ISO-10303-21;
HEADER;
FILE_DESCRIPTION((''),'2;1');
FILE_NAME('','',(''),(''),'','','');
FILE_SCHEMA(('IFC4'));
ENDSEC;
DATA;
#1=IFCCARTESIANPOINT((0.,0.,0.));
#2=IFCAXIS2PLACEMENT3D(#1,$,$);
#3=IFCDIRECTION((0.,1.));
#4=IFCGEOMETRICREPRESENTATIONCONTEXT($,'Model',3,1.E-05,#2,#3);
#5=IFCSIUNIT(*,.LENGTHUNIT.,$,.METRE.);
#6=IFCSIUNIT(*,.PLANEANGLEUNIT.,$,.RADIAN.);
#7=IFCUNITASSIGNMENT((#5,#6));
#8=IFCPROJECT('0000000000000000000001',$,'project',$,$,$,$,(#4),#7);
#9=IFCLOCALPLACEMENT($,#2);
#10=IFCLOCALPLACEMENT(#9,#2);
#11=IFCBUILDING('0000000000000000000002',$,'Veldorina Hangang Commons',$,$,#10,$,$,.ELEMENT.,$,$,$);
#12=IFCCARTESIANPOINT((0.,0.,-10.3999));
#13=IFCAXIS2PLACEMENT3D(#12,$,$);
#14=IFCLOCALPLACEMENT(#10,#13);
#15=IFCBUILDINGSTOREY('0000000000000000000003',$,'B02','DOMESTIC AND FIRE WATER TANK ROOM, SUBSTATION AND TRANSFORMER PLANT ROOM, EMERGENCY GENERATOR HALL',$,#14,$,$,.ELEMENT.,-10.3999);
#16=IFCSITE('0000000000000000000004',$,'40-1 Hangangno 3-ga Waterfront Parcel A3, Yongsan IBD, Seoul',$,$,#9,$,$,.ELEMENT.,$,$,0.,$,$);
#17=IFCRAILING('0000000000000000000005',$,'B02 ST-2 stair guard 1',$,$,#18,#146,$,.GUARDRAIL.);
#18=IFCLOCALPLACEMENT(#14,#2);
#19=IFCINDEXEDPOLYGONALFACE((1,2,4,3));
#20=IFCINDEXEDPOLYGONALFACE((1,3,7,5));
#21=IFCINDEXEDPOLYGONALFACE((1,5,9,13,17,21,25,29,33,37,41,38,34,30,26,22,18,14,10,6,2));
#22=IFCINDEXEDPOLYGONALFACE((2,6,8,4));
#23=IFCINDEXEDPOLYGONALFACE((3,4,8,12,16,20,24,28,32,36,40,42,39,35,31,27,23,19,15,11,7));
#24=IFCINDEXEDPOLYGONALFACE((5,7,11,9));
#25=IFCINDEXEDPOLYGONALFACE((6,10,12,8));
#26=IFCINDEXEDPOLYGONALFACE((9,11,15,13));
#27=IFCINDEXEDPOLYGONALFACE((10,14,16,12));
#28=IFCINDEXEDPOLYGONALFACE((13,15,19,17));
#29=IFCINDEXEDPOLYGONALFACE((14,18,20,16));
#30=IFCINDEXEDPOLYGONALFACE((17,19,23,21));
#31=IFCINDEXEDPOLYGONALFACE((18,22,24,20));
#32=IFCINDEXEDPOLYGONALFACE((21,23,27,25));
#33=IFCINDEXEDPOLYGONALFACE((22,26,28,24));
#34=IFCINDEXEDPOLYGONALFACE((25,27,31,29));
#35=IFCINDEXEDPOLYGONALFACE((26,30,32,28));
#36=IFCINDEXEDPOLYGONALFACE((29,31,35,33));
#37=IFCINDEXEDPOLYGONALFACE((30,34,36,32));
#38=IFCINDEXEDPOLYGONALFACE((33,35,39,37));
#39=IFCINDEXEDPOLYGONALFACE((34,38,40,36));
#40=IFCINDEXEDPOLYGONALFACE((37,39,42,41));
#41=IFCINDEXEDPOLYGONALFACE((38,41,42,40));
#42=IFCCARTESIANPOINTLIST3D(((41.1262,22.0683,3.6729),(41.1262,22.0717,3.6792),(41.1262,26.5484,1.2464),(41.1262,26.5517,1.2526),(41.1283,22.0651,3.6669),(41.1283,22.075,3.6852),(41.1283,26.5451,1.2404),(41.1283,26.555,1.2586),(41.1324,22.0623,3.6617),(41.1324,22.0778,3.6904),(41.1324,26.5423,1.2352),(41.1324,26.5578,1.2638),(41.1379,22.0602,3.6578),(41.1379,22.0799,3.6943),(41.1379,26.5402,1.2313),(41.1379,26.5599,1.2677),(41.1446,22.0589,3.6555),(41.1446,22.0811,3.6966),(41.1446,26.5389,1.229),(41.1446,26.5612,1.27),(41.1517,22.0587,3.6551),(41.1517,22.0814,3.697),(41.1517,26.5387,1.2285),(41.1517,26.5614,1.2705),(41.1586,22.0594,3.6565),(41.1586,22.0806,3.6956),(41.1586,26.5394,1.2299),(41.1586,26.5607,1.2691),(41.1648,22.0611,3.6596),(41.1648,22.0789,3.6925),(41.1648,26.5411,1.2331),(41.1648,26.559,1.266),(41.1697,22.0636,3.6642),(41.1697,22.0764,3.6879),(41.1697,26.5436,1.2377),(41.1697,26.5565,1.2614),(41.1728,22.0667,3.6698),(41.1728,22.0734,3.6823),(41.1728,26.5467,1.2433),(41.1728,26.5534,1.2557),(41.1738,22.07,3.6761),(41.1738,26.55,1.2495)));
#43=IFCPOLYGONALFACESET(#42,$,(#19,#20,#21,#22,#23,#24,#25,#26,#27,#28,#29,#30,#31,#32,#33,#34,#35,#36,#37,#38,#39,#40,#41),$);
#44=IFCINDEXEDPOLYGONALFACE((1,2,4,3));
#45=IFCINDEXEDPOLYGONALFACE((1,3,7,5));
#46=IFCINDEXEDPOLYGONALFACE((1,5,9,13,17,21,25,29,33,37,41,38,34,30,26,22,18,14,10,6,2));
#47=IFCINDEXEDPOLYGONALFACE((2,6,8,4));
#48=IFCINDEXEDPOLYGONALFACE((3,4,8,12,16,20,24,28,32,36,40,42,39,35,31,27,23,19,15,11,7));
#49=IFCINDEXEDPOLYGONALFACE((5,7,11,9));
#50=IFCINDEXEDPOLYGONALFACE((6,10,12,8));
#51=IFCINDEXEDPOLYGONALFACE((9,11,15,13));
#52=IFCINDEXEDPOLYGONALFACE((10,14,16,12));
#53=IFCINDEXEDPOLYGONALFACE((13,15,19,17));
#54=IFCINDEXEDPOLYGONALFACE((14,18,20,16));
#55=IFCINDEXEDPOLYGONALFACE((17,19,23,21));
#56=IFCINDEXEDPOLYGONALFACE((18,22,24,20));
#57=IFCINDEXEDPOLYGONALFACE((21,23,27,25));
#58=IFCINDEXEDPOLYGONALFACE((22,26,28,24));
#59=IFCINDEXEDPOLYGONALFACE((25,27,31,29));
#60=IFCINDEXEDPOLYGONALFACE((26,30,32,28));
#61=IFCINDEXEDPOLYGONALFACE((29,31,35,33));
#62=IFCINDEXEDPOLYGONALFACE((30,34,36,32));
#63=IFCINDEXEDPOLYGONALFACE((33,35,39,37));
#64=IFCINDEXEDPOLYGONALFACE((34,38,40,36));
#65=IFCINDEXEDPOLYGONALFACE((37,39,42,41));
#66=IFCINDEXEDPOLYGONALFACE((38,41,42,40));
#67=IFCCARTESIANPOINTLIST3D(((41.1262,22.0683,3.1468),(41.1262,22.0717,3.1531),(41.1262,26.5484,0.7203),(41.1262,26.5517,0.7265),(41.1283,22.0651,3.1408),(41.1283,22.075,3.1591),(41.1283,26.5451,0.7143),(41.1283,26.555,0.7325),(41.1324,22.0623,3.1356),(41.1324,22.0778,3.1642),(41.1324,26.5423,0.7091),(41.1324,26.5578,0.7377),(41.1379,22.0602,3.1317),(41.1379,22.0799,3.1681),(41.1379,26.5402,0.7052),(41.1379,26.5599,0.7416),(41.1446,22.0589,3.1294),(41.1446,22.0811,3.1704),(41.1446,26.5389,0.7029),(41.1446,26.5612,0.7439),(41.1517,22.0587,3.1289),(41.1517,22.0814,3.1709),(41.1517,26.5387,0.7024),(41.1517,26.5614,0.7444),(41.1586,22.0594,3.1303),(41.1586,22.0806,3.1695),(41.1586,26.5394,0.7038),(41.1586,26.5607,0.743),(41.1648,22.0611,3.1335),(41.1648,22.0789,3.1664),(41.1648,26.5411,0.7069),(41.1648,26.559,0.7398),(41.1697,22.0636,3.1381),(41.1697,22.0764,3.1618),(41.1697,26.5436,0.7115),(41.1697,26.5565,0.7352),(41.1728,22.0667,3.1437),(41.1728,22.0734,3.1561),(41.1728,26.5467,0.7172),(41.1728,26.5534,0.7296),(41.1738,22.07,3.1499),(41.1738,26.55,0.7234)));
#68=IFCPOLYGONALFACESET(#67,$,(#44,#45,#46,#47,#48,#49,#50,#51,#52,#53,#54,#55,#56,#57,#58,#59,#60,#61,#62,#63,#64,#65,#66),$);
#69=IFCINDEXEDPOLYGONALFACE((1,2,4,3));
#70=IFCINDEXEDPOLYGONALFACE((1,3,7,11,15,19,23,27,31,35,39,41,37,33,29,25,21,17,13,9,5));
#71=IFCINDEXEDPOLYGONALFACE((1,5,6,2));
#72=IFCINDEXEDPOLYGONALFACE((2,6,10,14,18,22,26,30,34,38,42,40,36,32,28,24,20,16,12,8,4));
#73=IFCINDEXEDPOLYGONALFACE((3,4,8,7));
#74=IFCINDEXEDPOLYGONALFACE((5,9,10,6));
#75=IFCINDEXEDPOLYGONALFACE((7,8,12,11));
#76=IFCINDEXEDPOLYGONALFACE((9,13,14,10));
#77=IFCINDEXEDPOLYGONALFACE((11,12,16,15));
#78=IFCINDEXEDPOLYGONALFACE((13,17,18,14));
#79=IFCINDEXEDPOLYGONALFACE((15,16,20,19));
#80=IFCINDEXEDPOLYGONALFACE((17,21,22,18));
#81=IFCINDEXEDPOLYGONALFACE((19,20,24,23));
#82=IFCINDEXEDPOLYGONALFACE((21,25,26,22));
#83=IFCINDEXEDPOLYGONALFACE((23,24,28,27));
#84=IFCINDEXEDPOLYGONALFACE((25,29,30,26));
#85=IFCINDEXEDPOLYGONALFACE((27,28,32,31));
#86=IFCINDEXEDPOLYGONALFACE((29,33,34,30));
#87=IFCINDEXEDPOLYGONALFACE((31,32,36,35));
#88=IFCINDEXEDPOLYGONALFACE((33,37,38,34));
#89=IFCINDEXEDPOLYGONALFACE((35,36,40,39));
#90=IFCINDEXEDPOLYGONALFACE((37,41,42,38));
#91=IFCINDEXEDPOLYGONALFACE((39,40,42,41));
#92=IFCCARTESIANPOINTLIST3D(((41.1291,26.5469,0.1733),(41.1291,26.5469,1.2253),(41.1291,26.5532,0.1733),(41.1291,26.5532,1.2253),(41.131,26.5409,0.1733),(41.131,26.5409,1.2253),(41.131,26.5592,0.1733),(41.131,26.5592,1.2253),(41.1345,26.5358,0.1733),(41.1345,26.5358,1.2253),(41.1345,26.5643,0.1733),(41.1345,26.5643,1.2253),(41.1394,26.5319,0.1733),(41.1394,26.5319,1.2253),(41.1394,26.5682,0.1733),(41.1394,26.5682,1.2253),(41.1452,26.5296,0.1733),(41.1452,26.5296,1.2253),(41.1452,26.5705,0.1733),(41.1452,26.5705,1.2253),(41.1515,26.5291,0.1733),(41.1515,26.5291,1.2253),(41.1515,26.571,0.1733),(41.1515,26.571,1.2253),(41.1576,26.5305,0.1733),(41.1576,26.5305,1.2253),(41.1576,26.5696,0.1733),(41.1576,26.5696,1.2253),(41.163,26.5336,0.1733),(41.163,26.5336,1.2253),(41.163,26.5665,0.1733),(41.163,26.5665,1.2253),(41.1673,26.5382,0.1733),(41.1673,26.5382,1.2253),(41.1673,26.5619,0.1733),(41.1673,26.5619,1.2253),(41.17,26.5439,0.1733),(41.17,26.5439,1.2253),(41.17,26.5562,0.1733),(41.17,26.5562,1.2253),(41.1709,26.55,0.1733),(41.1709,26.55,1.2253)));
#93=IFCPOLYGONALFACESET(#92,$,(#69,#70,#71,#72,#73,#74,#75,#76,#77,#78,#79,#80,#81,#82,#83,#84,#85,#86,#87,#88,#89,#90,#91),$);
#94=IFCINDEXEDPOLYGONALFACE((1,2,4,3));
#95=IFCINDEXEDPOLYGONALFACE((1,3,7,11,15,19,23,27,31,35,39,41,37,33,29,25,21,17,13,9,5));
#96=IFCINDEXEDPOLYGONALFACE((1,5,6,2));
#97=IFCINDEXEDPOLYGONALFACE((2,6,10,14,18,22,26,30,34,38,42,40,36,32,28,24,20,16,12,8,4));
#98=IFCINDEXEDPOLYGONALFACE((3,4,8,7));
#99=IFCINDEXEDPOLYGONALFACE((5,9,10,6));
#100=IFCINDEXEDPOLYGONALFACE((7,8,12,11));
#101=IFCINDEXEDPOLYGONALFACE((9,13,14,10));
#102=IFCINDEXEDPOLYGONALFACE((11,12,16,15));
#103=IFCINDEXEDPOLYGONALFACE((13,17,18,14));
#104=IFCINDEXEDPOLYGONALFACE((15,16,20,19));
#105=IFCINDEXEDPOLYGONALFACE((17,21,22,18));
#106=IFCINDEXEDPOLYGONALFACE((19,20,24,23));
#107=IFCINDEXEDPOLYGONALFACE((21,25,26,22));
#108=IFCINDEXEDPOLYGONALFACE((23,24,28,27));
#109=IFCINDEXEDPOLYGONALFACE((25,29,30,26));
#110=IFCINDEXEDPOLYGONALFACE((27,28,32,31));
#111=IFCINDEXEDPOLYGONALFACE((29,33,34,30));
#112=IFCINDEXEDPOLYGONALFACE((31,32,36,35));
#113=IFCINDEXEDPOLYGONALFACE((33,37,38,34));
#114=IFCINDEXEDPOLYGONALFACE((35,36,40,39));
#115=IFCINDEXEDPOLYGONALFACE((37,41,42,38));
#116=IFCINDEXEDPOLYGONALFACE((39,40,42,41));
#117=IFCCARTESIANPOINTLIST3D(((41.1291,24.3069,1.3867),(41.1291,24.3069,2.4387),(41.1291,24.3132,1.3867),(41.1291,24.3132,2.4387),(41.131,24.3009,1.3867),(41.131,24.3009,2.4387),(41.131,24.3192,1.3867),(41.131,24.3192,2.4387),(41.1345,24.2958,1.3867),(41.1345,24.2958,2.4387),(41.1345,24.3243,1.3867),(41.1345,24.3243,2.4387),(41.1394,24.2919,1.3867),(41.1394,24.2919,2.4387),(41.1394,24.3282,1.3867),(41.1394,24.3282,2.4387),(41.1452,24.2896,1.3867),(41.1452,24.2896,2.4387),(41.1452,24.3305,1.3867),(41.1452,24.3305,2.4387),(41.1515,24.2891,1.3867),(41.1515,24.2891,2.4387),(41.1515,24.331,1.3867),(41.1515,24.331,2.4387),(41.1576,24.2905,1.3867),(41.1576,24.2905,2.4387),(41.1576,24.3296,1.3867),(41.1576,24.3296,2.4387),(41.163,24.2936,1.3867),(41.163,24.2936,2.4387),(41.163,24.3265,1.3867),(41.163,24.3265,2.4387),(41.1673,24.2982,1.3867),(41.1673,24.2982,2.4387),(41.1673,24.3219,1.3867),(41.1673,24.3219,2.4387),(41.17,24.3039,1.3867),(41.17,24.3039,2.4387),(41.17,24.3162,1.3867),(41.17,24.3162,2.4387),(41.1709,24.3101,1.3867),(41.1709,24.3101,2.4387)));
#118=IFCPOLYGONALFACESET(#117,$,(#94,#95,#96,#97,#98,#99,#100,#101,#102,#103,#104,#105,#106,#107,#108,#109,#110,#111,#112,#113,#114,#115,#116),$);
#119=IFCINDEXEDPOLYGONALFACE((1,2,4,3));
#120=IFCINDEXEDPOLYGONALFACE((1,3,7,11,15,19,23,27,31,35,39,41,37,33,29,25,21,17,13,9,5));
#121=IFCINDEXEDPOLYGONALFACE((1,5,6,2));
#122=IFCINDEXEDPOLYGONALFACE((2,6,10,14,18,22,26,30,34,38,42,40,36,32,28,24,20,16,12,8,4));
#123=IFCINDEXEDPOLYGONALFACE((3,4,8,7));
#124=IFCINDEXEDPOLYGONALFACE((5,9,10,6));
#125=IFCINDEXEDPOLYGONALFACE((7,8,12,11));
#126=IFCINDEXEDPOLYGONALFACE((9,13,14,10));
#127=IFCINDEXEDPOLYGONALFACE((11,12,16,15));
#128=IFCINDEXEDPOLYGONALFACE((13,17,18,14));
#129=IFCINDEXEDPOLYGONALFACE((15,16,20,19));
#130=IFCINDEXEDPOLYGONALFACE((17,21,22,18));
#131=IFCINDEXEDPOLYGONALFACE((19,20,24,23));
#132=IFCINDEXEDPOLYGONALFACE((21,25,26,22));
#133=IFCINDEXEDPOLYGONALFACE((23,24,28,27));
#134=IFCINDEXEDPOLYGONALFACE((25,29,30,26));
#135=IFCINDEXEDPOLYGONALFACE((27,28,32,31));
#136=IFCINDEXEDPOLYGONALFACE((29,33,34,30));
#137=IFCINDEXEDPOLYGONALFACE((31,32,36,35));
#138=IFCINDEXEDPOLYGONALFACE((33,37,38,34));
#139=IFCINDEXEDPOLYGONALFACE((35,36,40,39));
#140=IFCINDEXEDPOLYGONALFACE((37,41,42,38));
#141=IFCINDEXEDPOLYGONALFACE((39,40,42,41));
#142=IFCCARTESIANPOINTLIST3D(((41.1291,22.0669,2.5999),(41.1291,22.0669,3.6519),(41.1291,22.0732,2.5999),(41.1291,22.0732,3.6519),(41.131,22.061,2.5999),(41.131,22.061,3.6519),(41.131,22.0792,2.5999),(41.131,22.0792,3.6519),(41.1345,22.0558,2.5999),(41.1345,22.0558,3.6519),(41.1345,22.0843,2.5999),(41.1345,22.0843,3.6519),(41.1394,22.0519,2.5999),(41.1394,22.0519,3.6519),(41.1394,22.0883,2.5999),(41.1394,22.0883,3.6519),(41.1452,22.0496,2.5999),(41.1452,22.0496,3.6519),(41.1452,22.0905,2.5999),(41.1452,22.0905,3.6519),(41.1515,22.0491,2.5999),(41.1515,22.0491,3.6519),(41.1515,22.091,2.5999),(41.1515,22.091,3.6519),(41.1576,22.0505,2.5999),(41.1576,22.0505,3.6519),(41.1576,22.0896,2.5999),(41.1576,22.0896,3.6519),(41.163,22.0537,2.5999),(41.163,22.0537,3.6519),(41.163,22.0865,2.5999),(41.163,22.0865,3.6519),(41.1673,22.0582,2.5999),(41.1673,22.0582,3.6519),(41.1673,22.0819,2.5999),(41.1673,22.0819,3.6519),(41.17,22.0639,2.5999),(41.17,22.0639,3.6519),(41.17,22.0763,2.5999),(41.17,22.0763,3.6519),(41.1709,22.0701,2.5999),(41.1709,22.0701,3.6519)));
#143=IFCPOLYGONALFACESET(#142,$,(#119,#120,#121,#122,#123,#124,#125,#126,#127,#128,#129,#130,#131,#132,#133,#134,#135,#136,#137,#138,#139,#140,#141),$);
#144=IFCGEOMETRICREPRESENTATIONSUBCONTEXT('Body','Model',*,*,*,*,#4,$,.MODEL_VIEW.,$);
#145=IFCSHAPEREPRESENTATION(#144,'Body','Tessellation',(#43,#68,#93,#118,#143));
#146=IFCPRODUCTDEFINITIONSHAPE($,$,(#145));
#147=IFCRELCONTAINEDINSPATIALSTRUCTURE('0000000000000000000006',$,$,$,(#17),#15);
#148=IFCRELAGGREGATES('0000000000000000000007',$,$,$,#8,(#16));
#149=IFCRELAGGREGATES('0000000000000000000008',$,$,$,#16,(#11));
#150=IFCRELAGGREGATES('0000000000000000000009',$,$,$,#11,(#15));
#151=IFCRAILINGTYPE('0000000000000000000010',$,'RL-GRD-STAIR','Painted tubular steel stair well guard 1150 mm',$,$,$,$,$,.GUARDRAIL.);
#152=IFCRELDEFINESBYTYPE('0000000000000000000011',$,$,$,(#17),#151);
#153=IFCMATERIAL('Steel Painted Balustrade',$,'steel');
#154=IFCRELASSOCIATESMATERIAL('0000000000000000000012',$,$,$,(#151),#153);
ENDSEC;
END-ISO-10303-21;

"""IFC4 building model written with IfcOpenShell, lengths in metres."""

from ifc_helpers import new_model, si_unit, direction, frame, origin, origin_2d, place, context, subcontext, project, spatial, circle, extrude, material, type_object, element, save


model = new_model("IFC4")

# Units and contexts
model_context = context("Model", 3, precision=1e-05, world=origin(), true_north=direction((0.0, 1.0)))
body_context = subcontext(model_context, "Body", "Model", "MODEL_VIEW")
ifc_project = project(units=[si_unit("LENGTHUNIT", "METRE"), si_unit("PLANEANGLEUNIT", "RADIAN")], contexts=[model_context])

# Site, building, storey
site_placement = place(None, origin())
site = spatial("IfcSite", under=ifc_project, at=site_placement, Name="40-1 Hangangno 3-ga Waterfront Parcel A3, Yongsan IBD, Seoul", CompositionType="ELEMENT", RefElevation=0.0)
building_placement = place(site_placement, origin())
building = spatial("IfcBuilding", under=site, at=building_placement, Name="Veldorina Hangang Commons", CompositionType="ELEMENT")
storey_placement = place(building_placement, frame((0.0, 0.0, -10.3999)))
storey = spatial("IfcBuildingStorey", under=building, at=storey_placement, Name="B02", Description="DOMESTIC AND FIRE WATER TANK ROOM, SUBSTATION AND TRANSFORMER PLANT ROOM, EMERGENCY GENERATOR HALL", CompositionType="ELEMENT", Elevation=-10.3999)

# Railing
ifc_material_1 = material(Name="Steel Painted Balustrade", Category="steel")
railing_type_1 = type_object("IfcRailingType", Name="RL-GRD-STAIR", Description="Painted tubular steel stair well guard 1150 mm", PredefinedType="GUARDRAIL", material=ifc_material_1)
railing_1_placement = place(storey_placement, frame((41.1499, 26.55, 0.1733)))
element("IfcRailing", 1, at=railing_1_placement, inside=storey, type_object=railing_type_1, Name="B02 ST-2 stair guard 1", PredefinedType="GUARDRAIL", context=body_context, shape_type="SweptSolid", body=[
    extrude(circle(Radius=0.0239, at=origin_2d()), frame((0.0, 0.0, 1.0762), z_axis=(0.0, -0.879304, 0.476262), x_axis=(1.0, 0.0, 0.0)), (0.0, 0.0, 1.0), 5.095),
    extrude(circle(Radius=0.0239, at=origin_2d()), frame((0.0, 0.0, 0.55), z_axis=(0.0, -0.879304, 0.476262), x_axis=(1.0, 0.0, 0.0)), (0.0, 0.0, 1.0), 5.095),
    extrude(circle(Radius=0.021, at=origin_2d()), origin(), (0.0, 0.0, 1.0), 1.052),
    extrude(circle(Radius=0.021, at=origin_2d()), frame((0.0, -2.24, 1.2134)), (0.0, 0.0, 1.0), 1.052),
    extrude(circle(Radius=0.021, at=origin_2d()), frame((0.0, -4.48, 2.4265)), (0.0, 0.0, 1.0), 1.052),
])

save(model, "model.ifc")
